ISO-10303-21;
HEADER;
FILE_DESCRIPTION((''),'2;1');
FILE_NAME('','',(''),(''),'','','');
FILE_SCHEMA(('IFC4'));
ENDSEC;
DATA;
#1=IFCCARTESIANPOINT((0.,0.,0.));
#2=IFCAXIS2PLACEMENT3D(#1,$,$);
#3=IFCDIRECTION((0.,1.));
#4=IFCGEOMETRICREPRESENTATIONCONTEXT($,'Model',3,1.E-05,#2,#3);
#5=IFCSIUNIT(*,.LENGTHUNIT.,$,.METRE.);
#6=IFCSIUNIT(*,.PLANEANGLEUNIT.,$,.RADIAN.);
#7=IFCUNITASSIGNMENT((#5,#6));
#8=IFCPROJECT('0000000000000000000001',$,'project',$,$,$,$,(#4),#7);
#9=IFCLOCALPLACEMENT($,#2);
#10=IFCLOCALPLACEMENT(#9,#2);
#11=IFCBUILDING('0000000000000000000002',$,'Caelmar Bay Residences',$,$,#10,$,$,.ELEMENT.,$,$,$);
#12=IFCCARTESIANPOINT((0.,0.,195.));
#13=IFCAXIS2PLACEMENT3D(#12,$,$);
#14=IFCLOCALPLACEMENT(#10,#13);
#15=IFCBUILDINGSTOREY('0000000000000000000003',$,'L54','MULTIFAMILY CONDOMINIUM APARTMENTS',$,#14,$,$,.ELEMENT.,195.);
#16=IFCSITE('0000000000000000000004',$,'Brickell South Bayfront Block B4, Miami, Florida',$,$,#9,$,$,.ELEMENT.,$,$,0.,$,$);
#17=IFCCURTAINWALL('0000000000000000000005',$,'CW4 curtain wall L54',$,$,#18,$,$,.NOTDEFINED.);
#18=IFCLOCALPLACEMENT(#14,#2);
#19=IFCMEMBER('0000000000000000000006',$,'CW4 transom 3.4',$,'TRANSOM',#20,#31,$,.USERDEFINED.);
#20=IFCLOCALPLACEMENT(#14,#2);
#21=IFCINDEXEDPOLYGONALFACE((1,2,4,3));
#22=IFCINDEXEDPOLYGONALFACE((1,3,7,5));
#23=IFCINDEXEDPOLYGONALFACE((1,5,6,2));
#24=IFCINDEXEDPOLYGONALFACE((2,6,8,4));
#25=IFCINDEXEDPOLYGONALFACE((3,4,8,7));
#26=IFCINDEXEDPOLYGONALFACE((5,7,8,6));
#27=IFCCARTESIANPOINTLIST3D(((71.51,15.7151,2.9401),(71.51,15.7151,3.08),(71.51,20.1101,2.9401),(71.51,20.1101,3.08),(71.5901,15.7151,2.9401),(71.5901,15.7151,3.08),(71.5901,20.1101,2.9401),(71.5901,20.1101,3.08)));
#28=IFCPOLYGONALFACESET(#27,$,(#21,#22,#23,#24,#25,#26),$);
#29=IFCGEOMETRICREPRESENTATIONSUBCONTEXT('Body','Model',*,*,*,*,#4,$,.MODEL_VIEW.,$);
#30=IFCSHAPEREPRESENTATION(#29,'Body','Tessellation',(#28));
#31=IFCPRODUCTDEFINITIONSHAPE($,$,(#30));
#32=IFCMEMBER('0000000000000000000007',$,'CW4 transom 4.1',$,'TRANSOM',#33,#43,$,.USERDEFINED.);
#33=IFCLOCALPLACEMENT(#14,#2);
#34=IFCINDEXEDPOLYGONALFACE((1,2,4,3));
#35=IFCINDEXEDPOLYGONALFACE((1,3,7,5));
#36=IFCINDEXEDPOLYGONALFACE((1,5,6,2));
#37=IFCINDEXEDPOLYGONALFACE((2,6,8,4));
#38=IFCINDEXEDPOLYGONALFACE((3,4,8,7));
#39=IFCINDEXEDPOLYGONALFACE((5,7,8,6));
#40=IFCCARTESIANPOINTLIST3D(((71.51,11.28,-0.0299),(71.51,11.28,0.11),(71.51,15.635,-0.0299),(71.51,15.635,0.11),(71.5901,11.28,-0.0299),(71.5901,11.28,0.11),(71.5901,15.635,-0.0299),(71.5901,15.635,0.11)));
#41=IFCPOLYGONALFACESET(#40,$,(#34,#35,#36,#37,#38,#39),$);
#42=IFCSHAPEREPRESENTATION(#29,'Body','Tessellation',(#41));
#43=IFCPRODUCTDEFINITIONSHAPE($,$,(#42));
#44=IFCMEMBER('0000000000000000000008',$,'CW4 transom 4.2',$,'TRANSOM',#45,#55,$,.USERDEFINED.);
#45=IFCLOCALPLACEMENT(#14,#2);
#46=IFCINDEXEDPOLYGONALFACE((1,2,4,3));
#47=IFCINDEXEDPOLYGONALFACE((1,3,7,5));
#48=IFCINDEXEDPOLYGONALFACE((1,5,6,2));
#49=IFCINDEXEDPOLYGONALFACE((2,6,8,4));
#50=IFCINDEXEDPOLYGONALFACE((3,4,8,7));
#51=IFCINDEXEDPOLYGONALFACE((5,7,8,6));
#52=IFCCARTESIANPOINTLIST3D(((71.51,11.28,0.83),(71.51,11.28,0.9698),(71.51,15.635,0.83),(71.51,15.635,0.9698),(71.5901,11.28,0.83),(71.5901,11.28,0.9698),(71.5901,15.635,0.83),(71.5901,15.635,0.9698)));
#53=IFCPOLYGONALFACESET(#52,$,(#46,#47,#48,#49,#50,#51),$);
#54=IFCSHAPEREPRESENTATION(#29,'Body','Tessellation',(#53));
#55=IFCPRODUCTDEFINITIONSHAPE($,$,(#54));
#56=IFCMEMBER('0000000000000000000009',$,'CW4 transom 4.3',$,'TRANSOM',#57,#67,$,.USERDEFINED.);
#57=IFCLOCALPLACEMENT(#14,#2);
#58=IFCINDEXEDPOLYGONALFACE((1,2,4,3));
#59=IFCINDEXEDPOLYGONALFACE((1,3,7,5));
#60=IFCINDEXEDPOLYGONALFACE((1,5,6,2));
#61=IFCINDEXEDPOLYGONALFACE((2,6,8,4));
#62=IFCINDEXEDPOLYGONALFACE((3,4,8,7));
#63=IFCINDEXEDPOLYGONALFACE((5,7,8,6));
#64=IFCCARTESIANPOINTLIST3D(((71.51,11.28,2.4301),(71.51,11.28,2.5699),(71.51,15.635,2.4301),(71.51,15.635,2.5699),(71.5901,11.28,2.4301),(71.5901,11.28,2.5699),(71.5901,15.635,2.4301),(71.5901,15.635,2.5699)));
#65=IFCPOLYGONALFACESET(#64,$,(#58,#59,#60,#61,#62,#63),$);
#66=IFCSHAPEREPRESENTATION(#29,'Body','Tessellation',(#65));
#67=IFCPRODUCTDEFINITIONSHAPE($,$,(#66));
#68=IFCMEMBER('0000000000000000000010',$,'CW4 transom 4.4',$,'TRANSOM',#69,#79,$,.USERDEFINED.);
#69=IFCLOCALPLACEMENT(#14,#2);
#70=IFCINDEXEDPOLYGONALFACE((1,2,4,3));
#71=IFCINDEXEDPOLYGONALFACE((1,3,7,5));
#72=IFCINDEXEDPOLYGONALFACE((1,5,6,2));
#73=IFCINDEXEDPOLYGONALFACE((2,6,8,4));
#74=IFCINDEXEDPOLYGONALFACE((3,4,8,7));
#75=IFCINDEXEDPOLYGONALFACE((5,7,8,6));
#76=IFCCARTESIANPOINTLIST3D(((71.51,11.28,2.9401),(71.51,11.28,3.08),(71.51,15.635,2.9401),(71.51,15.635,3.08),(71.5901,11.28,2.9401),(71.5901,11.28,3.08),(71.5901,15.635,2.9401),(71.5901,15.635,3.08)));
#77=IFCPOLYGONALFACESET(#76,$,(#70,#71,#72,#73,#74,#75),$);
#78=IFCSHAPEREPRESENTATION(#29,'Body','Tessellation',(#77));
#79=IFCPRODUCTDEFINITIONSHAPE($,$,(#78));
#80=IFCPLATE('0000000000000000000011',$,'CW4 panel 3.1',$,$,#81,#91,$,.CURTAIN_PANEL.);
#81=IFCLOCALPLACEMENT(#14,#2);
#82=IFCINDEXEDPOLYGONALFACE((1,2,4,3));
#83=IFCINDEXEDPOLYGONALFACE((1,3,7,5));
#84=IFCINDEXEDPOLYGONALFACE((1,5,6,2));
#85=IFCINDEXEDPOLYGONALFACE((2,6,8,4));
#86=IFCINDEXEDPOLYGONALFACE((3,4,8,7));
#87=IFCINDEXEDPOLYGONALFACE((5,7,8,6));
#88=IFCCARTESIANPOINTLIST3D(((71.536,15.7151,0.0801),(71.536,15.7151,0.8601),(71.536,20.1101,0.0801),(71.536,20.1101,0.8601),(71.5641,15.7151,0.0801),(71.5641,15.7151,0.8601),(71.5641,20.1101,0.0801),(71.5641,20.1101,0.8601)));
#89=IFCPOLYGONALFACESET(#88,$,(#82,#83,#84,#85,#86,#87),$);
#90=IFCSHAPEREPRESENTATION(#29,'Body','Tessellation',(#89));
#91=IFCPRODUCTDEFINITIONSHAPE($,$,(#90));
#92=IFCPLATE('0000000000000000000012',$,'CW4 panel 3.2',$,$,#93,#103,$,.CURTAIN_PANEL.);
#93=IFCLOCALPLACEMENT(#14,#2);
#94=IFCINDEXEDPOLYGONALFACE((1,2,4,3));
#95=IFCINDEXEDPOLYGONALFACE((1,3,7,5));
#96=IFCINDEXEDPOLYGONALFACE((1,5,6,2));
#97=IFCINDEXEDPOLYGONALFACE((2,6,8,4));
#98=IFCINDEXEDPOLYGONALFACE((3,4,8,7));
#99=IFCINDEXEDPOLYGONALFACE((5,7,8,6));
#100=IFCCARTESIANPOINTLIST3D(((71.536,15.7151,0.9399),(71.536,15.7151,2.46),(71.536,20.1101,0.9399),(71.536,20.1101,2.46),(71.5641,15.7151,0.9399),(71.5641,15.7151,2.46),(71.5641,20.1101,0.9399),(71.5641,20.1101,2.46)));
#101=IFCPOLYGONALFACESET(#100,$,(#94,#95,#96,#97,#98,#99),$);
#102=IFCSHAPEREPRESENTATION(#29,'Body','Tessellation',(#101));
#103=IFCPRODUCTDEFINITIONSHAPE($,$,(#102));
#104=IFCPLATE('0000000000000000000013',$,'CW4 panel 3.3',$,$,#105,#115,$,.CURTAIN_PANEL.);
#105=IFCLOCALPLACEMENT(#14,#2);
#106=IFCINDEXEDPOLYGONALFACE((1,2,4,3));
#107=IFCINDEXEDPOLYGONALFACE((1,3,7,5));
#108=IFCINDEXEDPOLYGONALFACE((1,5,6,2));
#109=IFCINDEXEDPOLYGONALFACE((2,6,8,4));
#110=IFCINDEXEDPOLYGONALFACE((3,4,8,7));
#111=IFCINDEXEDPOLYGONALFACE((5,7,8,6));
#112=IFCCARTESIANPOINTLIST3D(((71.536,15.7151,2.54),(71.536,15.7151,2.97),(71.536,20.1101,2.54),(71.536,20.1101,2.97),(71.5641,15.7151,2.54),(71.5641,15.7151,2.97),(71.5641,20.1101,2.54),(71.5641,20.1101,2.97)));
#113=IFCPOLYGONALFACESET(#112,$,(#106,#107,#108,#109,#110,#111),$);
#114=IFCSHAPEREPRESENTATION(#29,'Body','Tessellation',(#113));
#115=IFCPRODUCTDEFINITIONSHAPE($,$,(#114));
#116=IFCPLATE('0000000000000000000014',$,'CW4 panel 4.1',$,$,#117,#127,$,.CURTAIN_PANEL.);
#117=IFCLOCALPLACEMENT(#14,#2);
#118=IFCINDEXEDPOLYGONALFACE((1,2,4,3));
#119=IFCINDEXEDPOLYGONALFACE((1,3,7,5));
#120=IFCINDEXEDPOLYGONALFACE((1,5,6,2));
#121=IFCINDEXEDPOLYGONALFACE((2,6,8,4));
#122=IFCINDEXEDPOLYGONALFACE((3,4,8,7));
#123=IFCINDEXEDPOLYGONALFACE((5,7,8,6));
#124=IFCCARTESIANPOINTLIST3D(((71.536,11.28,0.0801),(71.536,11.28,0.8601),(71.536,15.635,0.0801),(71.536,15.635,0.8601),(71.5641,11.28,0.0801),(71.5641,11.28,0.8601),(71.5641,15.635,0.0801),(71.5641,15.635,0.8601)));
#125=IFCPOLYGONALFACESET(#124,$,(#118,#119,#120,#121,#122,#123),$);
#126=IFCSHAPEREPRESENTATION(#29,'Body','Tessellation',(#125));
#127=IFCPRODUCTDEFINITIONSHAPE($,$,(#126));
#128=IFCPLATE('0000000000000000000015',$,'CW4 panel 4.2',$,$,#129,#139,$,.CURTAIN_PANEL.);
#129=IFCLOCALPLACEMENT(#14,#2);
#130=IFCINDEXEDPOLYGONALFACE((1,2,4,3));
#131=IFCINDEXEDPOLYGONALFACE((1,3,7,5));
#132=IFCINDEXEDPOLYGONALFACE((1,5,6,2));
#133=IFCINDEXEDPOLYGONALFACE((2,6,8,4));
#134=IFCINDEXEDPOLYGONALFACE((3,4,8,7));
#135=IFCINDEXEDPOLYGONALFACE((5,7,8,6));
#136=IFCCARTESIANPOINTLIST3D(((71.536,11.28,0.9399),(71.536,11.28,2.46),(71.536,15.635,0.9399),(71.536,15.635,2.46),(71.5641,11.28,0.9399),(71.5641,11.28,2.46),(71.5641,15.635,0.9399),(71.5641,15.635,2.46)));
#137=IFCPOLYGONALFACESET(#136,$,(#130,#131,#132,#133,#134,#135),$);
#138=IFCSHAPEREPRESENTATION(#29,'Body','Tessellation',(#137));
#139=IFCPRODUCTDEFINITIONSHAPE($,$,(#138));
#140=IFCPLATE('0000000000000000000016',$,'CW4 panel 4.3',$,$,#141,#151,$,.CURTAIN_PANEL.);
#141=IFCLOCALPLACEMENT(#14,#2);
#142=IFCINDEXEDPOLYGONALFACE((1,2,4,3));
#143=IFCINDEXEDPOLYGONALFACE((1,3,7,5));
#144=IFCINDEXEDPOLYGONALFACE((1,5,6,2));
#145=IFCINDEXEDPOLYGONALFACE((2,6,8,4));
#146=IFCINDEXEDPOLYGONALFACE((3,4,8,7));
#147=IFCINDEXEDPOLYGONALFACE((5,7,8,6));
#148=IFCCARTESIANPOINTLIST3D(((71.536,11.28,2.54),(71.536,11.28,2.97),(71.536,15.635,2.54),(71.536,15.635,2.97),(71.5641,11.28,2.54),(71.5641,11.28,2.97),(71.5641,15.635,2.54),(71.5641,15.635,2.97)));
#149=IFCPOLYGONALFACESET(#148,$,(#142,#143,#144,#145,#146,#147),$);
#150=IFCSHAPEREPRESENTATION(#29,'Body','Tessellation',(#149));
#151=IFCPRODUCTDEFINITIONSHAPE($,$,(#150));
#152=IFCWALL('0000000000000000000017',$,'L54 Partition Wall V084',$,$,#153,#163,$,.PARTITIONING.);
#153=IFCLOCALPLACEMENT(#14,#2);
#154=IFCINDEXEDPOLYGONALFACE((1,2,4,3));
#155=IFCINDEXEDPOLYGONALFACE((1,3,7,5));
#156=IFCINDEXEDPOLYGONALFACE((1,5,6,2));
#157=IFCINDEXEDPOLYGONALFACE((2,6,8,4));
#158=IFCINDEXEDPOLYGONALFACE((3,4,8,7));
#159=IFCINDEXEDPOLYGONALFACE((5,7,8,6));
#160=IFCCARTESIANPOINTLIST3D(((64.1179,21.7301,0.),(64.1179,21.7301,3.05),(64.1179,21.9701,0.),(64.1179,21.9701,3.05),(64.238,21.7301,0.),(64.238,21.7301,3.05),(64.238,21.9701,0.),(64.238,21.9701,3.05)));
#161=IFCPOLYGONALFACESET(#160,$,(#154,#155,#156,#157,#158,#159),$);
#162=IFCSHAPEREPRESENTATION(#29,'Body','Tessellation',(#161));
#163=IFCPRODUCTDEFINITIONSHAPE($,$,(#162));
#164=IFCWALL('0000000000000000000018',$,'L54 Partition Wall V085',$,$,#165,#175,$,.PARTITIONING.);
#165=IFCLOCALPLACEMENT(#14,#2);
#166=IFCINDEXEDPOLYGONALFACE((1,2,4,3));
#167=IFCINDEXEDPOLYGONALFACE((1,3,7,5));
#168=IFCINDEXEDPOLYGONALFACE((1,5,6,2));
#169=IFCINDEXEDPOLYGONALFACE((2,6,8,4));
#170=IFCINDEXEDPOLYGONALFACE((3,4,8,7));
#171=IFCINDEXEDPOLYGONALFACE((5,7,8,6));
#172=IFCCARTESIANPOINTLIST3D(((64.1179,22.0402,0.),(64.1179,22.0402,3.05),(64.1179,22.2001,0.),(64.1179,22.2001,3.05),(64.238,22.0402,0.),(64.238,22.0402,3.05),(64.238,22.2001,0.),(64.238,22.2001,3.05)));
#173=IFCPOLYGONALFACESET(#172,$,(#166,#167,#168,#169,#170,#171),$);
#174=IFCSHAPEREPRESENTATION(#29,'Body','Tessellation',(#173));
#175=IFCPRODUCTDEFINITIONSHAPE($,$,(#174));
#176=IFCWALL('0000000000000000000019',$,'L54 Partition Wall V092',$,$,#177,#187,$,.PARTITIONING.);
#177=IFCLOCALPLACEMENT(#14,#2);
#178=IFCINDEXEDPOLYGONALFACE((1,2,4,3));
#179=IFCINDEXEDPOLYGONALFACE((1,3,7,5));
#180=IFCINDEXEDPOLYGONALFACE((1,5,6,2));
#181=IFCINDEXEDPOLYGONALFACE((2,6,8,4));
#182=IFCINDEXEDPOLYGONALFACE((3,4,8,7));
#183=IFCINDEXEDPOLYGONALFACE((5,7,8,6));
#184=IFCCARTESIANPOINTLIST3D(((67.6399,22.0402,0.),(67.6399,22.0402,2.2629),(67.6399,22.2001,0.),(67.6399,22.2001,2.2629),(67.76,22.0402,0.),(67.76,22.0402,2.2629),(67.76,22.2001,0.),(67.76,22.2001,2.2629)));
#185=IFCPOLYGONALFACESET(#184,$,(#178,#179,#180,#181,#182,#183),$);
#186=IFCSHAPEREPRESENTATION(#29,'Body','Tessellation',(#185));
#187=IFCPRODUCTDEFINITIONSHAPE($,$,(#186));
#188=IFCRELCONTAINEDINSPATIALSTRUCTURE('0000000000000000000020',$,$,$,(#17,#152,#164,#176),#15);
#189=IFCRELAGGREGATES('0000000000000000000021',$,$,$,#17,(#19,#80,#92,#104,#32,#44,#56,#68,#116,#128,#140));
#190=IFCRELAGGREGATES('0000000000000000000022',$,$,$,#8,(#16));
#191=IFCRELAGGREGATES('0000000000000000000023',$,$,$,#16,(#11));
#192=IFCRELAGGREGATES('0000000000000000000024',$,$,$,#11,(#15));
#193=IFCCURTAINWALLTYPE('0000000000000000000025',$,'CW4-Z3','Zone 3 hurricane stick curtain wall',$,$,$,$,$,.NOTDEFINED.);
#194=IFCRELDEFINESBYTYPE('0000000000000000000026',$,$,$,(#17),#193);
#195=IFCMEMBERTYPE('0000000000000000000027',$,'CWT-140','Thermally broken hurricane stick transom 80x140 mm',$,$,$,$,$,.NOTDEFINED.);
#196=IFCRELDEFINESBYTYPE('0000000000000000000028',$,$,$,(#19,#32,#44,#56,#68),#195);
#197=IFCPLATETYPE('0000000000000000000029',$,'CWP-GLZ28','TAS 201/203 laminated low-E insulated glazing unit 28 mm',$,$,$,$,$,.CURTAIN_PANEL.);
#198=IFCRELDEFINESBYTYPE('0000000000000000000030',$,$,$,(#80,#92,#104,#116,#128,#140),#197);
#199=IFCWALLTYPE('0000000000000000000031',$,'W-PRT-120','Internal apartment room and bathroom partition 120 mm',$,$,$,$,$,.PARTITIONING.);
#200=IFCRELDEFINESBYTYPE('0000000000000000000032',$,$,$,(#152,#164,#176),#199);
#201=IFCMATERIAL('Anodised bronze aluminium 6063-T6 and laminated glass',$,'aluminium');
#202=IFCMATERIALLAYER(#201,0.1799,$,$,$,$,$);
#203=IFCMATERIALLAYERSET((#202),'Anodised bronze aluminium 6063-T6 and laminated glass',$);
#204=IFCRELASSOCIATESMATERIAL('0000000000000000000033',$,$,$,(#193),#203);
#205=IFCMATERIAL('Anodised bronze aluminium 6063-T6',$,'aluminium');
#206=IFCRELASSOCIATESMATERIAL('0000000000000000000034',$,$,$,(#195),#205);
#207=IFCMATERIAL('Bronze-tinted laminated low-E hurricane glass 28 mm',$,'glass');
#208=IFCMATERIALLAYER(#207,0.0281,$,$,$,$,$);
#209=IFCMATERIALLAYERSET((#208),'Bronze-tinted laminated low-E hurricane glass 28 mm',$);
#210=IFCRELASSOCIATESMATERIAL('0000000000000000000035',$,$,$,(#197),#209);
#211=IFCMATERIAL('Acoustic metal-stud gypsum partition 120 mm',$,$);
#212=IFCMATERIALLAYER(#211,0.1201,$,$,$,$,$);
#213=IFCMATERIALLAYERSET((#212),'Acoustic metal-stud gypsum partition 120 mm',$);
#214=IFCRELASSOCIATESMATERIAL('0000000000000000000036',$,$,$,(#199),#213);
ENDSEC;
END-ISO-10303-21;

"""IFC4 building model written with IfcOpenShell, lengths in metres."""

from ifc_helpers import new_model, si_unit, direction, frame, frame_2d, origin, origin_2d, place, context, subcontext, project, spatial, rectangle, extrude, material, layer, layer_set, material_profile, profile_set, type_object, element, aggregate, save


model = new_model("IFC4")

# Units and contexts
model_context = context("Model", 3, precision=1e-05, world=origin(), true_north=direction((0.0, 1.0)))
body_context = subcontext(model_context, "Body", "Model", "MODEL_VIEW")
ifc_project = project(units=[si_unit("LENGTHUNIT", "METRE"), si_unit("PLANEANGLEUNIT", "RADIAN")], contexts=[model_context])

# Site, building, storey
site_placement = place(None, origin())
site = spatial("IfcSite", under=ifc_project, at=site_placement, Name="Brickell South Bayfront Block B4, Miami, Florida", CompositionType="ELEMENT", RefElevation=0.0)
building_placement = place(site_placement, origin())
building = spatial("IfcBuilding", under=site, at=building_placement, Name="Caelmar Bay Residences", CompositionType="ELEMENT")
storey_placement = place(building_placement, frame((0.0, 0.0, 195.0)))
storey = spatial("IfcBuildingStorey", under=building, at=storey_placement, Name="L54", Description="MULTIFAMILY CONDOMINIUM APARTMENTS", CompositionType="ELEMENT", Elevation=195.0)

# Curtain wall, members, plates
ifc_material_1 = material(Name="Anodised bronze aluminium 6063-T6 and laminated glass", Category="aluminium")
ifc_layer_1 = layer(ifc_material_1, 0.1799)
ifc_layer_set_1 = layer_set([ifc_layer_1], Name="Anodised bronze aluminium 6063-T6 and laminated glass")
curtain_wall_type = type_object("IfcCurtainWallType", Name="CW4-Z3", Description="Zone 3 hurricane stick curtain wall", PredefinedType="NOTDEFINED", material=ifc_layer_set_1)
curtain_wall_placement = place(storey_placement, origin())
curtain_wall = element("IfcCurtainWall", 1, at=curtain_wall_placement, inside=storey, type_object=curtain_wall_type, Name="CW4 curtain wall L54", PredefinedType="NOTDEFINED")
ifc_material_2 = material(Name="Anodised bronze aluminium 6063-T6", Category="aluminium")
ifc_material_profile_1 = material_profile(ifc_material_2, rectangle(XDim=0.0801, YDim=0.1399, at=origin_2d()), Name="CWT-80X140")
ifc_profile_set_1 = profile_set([ifc_material_profile_1], Name="Anodised bronze aluminium 6063-T6")
member_type_1 = type_object("IfcMemberType", Name="CWT-140", Description="Thermally broken hurricane stick transom 80x140 mm", PredefinedType="NOTDEFINED", material=ifc_profile_set_1)
member_1_placement = place(storey_placement, frame((71.55, 20.1101, 3.01), z_axis=(0.0, -1.0, 0.0), x_axis=(1.0, 0.0, 0.0)))
member_1 = element("IfcMember", 2, at=member_1_placement, type_object=member_type_1, Name="CW4 transom 3.4", ObjectType="TRANSOM", PredefinedType="USERDEFINED", context=body_context, shape_type="SweptSolid", body=[
    extrude(rectangle(XDim=0.0801, YDim=0.1399, at=origin_2d()), origin(), (0.0, 0.0, 1.0), 4.395),
])
member_2_placement = place(storey_placement, frame((71.55, 15.635, 0.04), z_axis=(0.0, -1.0, 0.0), x_axis=(1.0, 0.0, 0.0)))
member_2 = element("IfcMember", 3, at=member_2_placement, type_object=member_type_1, Name="CW4 transom 4.1", ObjectType="TRANSOM", PredefinedType="USERDEFINED", context=body_context, shape_type="SweptSolid", body=[
    extrude(rectangle(XDim=0.0801, YDim=0.1399, at=origin_2d()), origin(), (0.0, 0.0, 1.0), 4.355),
])
member_3_placement = place(storey_placement, frame((71.55, 15.635, 0.8999), z_axis=(0.0, -1.0, 0.0), x_axis=(1.0, 0.0, 0.0)))
member_3 = element("IfcMember", 4, at=member_3_placement, type_object=member_type_1, Name="CW4 transom 4.2", ObjectType="TRANSOM", PredefinedType="USERDEFINED", context=body_context, shape_type="SweptSolid", body=[
    extrude(rectangle(XDim=0.0801, YDim=0.1399, at=origin_2d()), origin(), (0.0, 0.0, 1.0), 4.355),
])
member_4_placement = place(storey_placement, frame((71.55, 15.635, 2.5), z_axis=(0.0, -1.0, 0.0), x_axis=(1.0, 0.0, 0.0)))
member_4 = element("IfcMember", 5, at=member_4_placement, type_object=member_type_1, Name="CW4 transom 4.3", ObjectType="TRANSOM", PredefinedType="USERDEFINED", context=body_context, shape_type="SweptSolid", body=[
    extrude(rectangle(XDim=0.0801, YDim=0.1399, at=origin_2d()), origin(), (0.0, 0.0, 1.0), 4.355),
])
member_5_placement = place(storey_placement, frame((71.55, 15.635, 3.01), z_axis=(0.0, -1.0, 0.0), x_axis=(1.0, 0.0, 0.0)))
member_5 = element("IfcMember", 6, at=member_5_placement, type_object=member_type_1, Name="CW4 transom 4.4", ObjectType="TRANSOM", PredefinedType="USERDEFINED", context=body_context, shape_type="SweptSolid", body=[
    extrude(rectangle(XDim=0.0801, YDim=0.1399, at=origin_2d()), origin(), (0.0, 0.0, 1.0), 4.355),
])
ifc_material_3 = material(Name="Bronze-tinted laminated low-E hurricane glass 28 mm", Category="glass")
ifc_layer_2 = layer(ifc_material_3, 0.0281)
ifc_layer_set_2 = layer_set([ifc_layer_2], Name="Bronze-tinted laminated low-E hurricane glass 28 mm")
plate_type = type_object("IfcPlateType", Name="CWP-GLZ28", Description="TAS 201/203 laminated low-E insulated glazing unit 28 mm", PredefinedType="CURTAIN_PANEL", material=ifc_layer_set_2)
plate_1_placement = place(storey_placement, frame((71.55, 17.9126, 0.0801), z_axis=(0.0, 0.0, 1.0), x_axis=(0.0, -1.0, 0.0)))
plate_1 = element("IfcPlate", 7, at=plate_1_placement, type_object=plate_type, Name="CW4 panel 3.1", PredefinedType="CURTAIN_PANEL", context=body_context, shape_type="SweptSolid", body=[
    extrude(rectangle(XDim=4.395, YDim=0.0281, at=origin_2d()), origin(), (0.0, 0.0, 1.0), 0.78),
])
plate_2_placement = place(storey_placement, frame((71.55, 17.9126, 0.9399), z_axis=(0.0, 0.0, 1.0), x_axis=(0.0, -1.0, 0.0)))
plate_2 = element("IfcPlate", 8, at=plate_2_placement, type_object=plate_type, Name="CW4 panel 3.2", PredefinedType="CURTAIN_PANEL", context=body_context, shape_type="SweptSolid", body=[
    extrude(rectangle(XDim=4.395, YDim=0.0281, at=origin_2d()), origin(), (0.0, 0.0, 1.0), 1.52),
])
plate_3_placement = place(storey_placement, frame((71.55, 17.9126, 2.54), z_axis=(0.0, 0.0, 1.0), x_axis=(0.0, -1.0, 0.0)))
plate_3 = element("IfcPlate", 9, at=plate_3_placement, type_object=plate_type, Name="CW4 panel 3.3", PredefinedType="CURTAIN_PANEL", context=body_context, shape_type="SweptSolid", body=[
    extrude(rectangle(XDim=4.395, YDim=0.0281, at=origin_2d()), origin(), (0.0, 0.0, 1.0), 0.4299),
])
plate_4_placement = place(storey_placement, frame((71.55, 13.4575, 0.0801), z_axis=(0.0, 0.0, 1.0), x_axis=(0.0, -1.0, 0.0)))
plate_4 = element("IfcPlate", 10, at=plate_4_placement, type_object=plate_type, Name="CW4 panel 4.1", PredefinedType="CURTAIN_PANEL", context=body_context, shape_type="SweptSolid", body=[
    extrude(rectangle(XDim=4.355, YDim=0.0281, at=origin_2d()), origin(), (0.0, 0.0, 1.0), 0.78),
])
plate_5_placement = place(storey_placement, frame((71.55, 13.4575, 0.9399), z_axis=(0.0, 0.0, 1.0), x_axis=(0.0, -1.0, 0.0)))
plate_5 = element("IfcPlate", 11, at=plate_5_placement, type_object=plate_type, Name="CW4 panel 4.2", PredefinedType="CURTAIN_PANEL", context=body_context, shape_type="SweptSolid", body=[
    extrude(rectangle(XDim=4.355, YDim=0.0281, at=origin_2d()), origin(), (0.0, 0.0, 1.0), 1.52),
])
plate_6_placement = place(storey_placement, frame((71.55, 13.4575, 2.54), z_axis=(0.0, 0.0, 1.0), x_axis=(0.0, -1.0, 0.0)))
plate_6 = element("IfcPlate", 12, at=plate_6_placement, type_object=plate_type, Name="CW4 panel 4.3", PredefinedType="CURTAIN_PANEL", context=body_context, shape_type="SweptSolid", body=[
    extrude(rectangle(XDim=4.355, YDim=0.0281, at=origin_2d()), origin(), (0.0, 0.0, 1.0), 0.4299),
])
aggregate(curtain_wall, [member_1, plate_1, plate_2, plate_3, member_2, member_3, member_4, member_5, plate_4, plate_5, plate_6])

# Walls
ifc_material_4 = material(Name="Acoustic metal-stud gypsum partition 120 mm")
ifc_layer_3 = layer(ifc_material_4, 0.1201)
ifc_layer_set_3 = layer_set([ifc_layer_3], Name="Acoustic metal-stud gypsum partition 120 mm")
wall_type = type_object("IfcWallType", Name="W-PRT-120", Description="Internal apartment room and bathroom partition 120 mm", PredefinedType="PARTITIONING", material=ifc_layer_set_3)
wall_1_placement = place(storey_placement, frame((64.178, 21.73, 0.0), z_axis=(0.0, 0.0, 1.0), x_axis=(0.0, 1.0, 0.0)))
element("IfcWall", 13, at=wall_1_placement, inside=storey, type_object=wall_type, Name="L54 Partition Wall V084", PredefinedType="PARTITIONING", context=body_context, shape_type="SweptSolid", body=[
    extrude(rectangle(XDim=0.24, YDim=0.1201, at=frame_2d((0.1201, 0.0))), origin(), (0.0, 0.0, 1.0), 3.05),
])
wall_2_placement = place(storey_placement, frame((64.178, 22.04, 0.0), z_axis=(0.0, 0.0, 1.0), x_axis=(0.0, 1.0, 0.0)))
element("IfcWall", 14, at=wall_2_placement, inside=storey, type_object=wall_type, Name="L54 Partition Wall V085", PredefinedType="PARTITIONING", context=body_context, shape_type="SweptSolid", body=[
    extrude(rectangle(XDim=0.1599, YDim=0.1201, at=frame_2d((0.0801, 0.0))), origin(), (0.0, 0.0, 1.0), 3.05),
])
wall_3_placement = place(storey_placement, frame((67.7, 22.04, 0.0), z_axis=(0.0, 0.0, 1.0), x_axis=(0.0, 1.0, 0.0)))
element("IfcWall", 15, at=wall_3_placement, inside=storey, type_object=wall_type, Name="L54 Partition Wall V092", PredefinedType="PARTITIONING", context=body_context, shape_type="SweptSolid", body=[
    extrude(rectangle(XDim=0.1599, YDim=0.1201, at=frame_2d((0.0801, 0.0))), origin(), (0.0, 0.0, 1.0), 2.2629),
])

save(model, "model.ifc")
